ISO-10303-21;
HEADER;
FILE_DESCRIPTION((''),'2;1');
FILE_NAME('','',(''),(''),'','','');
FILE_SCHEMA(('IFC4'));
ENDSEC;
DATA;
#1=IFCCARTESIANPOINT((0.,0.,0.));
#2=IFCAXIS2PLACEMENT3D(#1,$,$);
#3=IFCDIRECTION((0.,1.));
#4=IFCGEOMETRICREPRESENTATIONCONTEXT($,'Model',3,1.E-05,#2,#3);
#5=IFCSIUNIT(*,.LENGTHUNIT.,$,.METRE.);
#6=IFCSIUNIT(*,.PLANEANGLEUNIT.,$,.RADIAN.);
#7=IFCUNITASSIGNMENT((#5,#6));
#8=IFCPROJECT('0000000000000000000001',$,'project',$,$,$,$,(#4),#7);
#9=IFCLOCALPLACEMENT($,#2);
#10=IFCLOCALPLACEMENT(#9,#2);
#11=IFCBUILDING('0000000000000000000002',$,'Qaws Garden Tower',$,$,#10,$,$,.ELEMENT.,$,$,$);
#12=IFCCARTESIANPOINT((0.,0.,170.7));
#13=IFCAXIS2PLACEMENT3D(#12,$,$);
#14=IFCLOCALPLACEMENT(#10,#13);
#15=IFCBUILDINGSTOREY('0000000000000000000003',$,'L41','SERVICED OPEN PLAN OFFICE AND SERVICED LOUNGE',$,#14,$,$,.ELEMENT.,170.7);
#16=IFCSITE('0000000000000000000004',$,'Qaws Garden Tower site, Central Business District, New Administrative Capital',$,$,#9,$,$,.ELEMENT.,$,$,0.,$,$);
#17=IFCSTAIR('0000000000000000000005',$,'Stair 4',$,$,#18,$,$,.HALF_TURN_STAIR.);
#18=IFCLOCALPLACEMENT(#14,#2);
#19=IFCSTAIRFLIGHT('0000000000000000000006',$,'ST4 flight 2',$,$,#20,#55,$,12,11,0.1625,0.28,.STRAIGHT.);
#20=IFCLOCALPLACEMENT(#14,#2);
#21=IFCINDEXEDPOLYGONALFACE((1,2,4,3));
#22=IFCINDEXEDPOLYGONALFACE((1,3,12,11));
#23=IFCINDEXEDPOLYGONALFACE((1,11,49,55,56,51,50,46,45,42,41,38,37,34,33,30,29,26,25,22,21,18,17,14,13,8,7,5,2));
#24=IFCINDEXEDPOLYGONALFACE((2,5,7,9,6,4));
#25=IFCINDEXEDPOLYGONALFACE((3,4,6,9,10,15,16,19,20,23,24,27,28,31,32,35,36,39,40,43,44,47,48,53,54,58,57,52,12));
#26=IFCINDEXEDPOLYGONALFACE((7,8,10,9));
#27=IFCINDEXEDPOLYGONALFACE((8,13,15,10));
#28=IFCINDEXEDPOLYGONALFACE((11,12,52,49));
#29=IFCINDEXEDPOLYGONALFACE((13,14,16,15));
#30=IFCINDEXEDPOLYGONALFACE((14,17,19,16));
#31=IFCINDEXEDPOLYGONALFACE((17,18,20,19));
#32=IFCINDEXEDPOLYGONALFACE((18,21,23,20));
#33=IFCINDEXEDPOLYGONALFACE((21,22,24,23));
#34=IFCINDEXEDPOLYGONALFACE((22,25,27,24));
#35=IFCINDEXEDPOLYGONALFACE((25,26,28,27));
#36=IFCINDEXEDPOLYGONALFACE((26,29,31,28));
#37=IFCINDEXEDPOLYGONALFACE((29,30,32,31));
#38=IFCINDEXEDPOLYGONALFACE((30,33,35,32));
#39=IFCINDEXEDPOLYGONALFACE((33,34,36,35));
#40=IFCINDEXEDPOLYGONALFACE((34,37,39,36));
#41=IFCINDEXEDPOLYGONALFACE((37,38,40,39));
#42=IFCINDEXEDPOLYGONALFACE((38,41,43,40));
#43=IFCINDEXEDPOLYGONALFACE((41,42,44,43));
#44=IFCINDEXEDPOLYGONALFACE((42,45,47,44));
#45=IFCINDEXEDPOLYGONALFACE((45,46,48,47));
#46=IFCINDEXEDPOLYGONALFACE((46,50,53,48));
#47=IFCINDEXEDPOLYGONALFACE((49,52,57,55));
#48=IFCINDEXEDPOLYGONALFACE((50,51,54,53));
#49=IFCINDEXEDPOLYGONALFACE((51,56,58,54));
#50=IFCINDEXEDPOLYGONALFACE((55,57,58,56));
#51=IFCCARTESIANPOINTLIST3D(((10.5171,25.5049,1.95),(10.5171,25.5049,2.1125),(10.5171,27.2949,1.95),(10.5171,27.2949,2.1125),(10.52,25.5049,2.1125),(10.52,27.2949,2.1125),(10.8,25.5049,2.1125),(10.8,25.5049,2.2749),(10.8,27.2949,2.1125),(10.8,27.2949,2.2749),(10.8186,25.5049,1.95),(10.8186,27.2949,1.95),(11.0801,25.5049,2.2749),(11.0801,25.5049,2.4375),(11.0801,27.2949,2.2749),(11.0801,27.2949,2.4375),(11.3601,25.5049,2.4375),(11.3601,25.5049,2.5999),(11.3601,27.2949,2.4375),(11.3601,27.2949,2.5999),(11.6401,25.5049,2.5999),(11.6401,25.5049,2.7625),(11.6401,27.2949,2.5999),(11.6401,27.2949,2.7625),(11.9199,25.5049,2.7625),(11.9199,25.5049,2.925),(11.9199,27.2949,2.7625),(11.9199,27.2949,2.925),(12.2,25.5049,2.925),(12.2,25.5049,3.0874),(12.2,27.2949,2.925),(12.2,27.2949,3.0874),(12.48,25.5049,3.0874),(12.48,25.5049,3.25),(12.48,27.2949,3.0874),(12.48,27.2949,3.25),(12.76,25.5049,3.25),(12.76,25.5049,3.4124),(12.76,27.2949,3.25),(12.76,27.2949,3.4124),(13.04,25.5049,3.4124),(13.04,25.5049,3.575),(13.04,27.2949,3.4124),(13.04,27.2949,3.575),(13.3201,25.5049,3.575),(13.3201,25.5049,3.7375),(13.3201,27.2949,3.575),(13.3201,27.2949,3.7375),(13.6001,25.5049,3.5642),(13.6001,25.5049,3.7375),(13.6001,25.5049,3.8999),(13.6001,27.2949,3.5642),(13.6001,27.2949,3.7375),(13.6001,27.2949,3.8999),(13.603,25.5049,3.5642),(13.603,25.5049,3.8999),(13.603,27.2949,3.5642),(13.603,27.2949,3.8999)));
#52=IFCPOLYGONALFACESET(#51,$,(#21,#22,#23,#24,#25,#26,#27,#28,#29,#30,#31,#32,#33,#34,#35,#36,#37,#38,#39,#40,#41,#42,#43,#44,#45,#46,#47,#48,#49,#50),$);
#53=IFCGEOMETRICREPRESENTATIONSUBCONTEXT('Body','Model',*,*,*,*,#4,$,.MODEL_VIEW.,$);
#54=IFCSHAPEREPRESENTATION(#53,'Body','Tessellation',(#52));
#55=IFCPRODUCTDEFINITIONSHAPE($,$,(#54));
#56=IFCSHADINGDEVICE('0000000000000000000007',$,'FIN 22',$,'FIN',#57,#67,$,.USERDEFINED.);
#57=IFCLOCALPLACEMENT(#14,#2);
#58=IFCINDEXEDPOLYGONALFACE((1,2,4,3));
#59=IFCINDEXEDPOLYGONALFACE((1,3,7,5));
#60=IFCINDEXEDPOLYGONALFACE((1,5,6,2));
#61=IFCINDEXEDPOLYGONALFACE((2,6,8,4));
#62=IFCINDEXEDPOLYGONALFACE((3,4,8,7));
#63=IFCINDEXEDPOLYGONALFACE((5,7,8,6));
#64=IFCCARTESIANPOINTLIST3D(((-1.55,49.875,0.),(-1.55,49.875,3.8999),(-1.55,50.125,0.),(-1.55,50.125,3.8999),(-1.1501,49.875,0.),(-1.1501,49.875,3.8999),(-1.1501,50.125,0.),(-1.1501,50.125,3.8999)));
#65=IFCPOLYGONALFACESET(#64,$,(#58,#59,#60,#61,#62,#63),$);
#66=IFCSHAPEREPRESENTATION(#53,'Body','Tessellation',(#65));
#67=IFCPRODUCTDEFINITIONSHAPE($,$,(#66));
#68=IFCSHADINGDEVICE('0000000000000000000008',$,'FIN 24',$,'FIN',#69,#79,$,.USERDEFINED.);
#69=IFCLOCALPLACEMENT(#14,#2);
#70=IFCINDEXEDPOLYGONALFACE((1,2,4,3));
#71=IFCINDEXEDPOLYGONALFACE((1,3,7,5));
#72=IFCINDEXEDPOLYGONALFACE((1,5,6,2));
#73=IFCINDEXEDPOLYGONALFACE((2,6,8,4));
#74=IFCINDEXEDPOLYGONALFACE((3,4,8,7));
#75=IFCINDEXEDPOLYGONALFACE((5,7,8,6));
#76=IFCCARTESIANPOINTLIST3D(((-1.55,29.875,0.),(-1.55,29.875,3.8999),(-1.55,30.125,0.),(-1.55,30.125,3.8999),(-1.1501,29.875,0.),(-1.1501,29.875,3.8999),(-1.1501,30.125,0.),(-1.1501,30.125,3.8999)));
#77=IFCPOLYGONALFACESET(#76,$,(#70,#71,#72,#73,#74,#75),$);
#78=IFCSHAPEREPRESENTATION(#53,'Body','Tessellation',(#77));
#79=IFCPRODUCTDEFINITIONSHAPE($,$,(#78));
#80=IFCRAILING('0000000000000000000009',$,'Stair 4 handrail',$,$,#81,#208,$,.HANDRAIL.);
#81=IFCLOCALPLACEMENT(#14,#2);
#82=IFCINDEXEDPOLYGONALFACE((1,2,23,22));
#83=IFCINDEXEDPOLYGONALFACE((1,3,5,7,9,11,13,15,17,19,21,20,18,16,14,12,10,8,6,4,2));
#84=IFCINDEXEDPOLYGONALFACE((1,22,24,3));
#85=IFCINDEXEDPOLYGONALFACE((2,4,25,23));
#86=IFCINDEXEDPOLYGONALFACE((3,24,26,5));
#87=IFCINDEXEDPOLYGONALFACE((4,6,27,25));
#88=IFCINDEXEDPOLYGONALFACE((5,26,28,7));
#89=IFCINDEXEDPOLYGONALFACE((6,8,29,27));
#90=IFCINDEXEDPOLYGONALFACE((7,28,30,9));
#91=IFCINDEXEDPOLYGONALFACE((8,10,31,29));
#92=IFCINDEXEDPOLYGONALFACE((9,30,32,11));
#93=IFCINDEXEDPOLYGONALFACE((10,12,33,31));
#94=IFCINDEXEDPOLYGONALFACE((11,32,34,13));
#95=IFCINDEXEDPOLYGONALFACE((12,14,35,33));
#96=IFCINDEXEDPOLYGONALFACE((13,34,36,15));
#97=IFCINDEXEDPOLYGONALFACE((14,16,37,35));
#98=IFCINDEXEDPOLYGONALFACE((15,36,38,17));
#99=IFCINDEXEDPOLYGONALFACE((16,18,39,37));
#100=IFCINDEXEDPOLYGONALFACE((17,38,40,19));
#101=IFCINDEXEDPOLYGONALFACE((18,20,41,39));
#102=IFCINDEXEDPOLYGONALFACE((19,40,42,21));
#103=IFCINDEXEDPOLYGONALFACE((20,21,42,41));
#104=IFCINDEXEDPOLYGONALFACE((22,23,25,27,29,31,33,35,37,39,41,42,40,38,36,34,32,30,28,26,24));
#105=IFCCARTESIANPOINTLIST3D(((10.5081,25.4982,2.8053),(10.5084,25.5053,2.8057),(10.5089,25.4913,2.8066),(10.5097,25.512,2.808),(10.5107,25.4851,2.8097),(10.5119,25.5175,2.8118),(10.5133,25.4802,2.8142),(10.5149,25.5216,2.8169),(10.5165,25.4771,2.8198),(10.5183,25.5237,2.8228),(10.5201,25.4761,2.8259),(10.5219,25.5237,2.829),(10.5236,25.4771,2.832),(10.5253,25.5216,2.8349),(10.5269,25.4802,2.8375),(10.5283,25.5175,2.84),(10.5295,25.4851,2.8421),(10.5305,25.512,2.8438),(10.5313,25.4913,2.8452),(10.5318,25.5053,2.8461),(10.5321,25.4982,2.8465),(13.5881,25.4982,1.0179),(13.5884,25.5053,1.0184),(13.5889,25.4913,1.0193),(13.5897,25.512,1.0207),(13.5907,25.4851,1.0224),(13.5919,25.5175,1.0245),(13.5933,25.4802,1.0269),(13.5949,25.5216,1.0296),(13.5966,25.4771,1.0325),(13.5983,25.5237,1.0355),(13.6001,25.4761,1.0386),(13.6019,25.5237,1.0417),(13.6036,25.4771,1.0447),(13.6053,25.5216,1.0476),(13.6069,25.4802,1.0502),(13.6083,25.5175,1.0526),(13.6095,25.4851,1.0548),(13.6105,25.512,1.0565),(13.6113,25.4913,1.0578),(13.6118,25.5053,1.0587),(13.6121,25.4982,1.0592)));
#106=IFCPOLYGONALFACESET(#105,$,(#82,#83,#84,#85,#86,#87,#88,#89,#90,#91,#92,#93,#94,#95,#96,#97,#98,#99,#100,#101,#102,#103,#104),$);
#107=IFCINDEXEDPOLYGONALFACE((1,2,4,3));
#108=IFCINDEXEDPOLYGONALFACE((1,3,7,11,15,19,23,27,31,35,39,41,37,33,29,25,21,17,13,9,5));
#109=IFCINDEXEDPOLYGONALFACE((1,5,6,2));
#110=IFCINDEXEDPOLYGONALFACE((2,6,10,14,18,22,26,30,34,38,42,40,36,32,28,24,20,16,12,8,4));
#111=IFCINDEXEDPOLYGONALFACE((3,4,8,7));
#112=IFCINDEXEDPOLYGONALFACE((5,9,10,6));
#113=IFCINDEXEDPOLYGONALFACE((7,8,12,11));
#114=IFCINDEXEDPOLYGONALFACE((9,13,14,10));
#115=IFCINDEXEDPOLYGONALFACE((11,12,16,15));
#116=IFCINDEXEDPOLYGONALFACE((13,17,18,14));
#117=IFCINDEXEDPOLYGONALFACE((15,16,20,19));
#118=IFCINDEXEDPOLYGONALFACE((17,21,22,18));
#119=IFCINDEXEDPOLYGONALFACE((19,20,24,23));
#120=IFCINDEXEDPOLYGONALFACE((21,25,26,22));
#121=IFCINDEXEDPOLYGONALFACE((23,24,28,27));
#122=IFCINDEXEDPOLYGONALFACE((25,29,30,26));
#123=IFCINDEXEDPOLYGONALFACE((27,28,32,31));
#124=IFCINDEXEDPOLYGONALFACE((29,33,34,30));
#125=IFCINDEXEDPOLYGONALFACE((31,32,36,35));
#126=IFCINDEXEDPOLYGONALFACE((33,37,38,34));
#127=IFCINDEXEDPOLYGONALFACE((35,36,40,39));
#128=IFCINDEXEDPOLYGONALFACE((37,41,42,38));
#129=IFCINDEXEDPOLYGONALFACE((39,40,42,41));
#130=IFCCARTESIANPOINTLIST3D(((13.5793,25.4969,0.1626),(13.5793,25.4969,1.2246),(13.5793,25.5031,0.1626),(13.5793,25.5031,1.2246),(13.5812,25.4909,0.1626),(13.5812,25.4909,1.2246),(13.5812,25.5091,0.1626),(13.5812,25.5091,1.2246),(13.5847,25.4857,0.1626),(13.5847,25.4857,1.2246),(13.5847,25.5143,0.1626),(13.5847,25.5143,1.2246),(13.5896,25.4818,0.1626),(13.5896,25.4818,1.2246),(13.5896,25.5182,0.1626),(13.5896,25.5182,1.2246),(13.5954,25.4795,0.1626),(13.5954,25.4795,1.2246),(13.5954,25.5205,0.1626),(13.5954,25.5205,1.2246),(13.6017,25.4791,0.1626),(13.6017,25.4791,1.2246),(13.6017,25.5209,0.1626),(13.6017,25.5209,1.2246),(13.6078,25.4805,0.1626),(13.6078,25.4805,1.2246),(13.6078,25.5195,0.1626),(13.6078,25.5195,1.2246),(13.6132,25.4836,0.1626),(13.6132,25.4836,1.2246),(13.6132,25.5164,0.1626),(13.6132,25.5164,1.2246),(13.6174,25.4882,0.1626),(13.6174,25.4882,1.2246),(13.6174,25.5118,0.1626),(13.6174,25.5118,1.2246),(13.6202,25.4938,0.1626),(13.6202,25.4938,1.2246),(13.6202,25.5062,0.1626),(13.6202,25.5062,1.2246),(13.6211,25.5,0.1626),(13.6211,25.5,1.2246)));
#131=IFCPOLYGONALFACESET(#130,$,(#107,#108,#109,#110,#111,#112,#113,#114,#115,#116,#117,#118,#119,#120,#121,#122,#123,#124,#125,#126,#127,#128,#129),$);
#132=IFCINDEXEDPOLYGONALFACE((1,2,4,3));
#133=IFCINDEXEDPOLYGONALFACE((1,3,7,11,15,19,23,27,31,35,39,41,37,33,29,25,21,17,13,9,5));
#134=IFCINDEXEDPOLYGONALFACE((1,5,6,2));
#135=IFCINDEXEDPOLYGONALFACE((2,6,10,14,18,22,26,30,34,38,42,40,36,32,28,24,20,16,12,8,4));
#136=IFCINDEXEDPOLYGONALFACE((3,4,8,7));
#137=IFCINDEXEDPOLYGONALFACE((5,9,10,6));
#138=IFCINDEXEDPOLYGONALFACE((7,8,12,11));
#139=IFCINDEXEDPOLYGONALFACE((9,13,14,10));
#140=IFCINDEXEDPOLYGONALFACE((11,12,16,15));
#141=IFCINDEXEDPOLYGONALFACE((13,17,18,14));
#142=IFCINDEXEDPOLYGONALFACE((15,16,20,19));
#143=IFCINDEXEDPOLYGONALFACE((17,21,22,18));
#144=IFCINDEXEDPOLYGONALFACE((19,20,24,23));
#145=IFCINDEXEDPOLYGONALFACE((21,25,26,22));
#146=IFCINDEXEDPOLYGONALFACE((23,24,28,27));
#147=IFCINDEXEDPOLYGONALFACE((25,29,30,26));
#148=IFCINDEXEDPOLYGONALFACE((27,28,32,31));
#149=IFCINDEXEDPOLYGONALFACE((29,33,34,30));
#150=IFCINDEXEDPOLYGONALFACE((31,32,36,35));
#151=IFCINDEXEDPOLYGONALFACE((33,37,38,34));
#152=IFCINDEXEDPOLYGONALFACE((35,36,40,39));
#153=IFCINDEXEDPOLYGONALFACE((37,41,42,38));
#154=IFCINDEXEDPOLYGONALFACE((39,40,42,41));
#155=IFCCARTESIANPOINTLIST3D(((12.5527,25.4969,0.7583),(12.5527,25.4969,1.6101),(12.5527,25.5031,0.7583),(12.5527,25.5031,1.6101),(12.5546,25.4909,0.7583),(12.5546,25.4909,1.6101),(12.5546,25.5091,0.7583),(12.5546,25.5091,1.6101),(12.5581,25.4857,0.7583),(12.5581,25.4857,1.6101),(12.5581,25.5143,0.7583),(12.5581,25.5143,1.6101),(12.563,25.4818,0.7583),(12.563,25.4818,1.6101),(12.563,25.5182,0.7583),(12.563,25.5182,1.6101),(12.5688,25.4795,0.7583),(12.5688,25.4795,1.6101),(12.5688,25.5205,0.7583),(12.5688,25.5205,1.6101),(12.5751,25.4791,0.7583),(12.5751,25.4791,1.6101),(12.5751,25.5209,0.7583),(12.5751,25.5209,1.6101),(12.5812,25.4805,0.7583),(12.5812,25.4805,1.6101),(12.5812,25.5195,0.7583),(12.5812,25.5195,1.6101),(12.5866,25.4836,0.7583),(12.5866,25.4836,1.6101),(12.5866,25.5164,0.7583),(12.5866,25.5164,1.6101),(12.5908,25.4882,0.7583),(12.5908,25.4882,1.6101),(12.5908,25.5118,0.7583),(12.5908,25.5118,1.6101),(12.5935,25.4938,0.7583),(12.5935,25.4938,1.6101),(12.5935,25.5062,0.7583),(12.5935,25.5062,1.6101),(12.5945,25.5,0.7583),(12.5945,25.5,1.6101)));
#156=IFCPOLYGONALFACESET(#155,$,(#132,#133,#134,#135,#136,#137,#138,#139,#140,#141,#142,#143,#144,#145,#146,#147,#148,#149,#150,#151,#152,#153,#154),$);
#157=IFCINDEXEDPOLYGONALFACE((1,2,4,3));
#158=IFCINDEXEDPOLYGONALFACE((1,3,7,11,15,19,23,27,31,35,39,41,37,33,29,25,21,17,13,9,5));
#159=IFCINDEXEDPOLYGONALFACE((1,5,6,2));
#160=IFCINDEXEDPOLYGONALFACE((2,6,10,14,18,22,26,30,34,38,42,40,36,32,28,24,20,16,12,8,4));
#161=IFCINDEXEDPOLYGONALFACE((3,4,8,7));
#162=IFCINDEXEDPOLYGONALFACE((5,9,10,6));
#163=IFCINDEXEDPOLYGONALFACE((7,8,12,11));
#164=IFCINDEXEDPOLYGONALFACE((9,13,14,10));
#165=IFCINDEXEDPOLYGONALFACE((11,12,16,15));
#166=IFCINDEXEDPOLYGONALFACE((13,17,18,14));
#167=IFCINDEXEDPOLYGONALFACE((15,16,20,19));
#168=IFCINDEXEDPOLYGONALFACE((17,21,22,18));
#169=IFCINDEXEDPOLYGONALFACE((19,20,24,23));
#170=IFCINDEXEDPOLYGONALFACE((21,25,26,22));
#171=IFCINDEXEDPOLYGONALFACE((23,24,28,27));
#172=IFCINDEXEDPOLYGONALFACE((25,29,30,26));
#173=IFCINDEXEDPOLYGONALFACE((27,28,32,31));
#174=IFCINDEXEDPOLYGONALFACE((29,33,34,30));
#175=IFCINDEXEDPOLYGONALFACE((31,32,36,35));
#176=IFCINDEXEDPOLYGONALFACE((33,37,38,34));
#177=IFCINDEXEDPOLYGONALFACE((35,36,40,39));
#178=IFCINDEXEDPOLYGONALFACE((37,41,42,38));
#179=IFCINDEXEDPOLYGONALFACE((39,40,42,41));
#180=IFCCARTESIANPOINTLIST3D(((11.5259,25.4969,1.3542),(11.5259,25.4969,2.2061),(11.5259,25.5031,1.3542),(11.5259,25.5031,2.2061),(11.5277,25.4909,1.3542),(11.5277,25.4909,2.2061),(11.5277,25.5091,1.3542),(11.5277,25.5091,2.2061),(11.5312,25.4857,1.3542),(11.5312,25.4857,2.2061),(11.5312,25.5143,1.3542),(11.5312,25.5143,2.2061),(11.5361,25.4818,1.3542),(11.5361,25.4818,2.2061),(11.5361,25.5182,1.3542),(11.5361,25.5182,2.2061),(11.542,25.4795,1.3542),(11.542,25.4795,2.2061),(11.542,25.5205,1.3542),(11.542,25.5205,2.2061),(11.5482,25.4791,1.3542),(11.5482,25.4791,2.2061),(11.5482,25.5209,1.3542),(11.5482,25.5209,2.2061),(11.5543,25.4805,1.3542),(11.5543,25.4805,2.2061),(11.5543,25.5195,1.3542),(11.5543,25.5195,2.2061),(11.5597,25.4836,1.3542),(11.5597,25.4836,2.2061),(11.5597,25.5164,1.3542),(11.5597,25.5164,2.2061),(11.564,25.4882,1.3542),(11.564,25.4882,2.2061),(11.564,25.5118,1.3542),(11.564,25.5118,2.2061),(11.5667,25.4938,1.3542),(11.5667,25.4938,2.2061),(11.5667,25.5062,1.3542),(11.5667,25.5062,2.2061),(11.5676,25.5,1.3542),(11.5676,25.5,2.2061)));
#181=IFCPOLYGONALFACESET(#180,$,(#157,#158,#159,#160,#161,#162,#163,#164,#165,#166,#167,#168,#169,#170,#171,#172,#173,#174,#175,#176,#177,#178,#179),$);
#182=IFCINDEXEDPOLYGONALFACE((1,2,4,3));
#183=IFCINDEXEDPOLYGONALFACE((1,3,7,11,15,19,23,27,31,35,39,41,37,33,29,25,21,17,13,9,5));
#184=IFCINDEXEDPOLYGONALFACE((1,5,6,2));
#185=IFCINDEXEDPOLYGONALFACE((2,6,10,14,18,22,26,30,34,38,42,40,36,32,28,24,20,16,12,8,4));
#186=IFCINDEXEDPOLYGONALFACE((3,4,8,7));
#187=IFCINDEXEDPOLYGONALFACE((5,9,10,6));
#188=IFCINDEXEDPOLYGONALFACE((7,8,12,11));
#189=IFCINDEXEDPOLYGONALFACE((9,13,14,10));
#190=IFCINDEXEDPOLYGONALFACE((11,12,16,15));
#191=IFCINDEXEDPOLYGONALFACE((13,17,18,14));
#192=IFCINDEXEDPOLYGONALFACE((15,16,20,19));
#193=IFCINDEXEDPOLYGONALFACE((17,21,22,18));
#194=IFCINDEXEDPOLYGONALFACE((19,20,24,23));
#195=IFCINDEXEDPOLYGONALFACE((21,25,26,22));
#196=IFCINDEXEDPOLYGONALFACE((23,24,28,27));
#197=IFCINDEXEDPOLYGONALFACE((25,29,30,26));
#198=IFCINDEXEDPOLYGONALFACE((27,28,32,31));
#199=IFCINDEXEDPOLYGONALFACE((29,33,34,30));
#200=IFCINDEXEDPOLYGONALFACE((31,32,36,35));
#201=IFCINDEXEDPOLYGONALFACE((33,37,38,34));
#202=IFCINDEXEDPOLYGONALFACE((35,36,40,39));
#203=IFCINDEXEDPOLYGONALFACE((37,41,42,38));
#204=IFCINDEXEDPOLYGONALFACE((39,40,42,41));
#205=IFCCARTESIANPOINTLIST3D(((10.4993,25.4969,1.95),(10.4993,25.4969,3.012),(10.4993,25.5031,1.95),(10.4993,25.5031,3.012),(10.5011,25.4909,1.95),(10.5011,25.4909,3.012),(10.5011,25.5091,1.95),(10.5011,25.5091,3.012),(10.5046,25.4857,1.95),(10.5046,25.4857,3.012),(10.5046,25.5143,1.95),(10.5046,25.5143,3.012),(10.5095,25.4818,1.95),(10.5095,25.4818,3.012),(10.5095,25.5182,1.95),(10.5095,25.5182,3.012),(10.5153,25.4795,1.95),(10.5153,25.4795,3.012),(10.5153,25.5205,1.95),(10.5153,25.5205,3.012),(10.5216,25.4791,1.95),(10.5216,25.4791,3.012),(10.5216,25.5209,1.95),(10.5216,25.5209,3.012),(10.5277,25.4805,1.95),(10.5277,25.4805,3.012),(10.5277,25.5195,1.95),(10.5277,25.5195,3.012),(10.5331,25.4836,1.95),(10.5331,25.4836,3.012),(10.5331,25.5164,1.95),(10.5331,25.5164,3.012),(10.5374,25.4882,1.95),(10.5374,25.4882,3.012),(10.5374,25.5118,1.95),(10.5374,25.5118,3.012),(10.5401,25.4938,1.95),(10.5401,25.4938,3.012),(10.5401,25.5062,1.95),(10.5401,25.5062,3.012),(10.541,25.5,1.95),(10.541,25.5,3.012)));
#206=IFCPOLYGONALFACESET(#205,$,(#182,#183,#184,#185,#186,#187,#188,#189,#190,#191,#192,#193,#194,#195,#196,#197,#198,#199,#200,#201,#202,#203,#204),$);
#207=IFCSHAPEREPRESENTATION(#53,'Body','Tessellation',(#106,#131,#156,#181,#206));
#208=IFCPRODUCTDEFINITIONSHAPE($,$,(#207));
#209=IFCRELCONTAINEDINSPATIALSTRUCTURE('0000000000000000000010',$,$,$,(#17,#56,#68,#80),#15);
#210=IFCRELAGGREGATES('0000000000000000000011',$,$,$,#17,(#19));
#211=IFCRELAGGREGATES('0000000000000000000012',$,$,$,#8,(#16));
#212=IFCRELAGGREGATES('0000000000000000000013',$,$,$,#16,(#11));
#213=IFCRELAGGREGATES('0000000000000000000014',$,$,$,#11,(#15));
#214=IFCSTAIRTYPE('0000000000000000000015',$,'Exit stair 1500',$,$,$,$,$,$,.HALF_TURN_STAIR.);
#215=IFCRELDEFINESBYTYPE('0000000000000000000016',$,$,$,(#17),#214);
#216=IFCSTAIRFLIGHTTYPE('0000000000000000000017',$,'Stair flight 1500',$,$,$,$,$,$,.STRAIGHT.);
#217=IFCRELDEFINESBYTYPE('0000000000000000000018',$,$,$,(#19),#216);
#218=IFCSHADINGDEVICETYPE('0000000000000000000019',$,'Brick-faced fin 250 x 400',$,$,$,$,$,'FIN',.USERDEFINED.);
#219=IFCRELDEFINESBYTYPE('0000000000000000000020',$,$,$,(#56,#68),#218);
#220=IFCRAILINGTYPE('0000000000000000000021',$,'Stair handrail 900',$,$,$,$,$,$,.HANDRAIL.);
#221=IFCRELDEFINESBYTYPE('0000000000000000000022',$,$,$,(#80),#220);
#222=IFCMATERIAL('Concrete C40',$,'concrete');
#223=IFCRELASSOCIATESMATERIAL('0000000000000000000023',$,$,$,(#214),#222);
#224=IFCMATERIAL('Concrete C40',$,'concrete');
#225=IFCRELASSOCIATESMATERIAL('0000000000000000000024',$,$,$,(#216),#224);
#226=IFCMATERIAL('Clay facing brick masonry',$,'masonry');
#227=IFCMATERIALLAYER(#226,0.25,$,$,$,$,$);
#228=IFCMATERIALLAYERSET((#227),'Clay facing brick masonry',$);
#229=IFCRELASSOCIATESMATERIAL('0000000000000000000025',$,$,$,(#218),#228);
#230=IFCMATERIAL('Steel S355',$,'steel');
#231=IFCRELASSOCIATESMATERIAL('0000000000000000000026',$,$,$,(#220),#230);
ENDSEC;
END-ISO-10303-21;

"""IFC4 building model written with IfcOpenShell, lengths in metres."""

from ifc_helpers import new_model, si_unit, direction, frame, origin, origin_2d, place, context, subcontext, project, spatial, polyline, rectangle, circle, outline, extrude, material, layer, layer_set, type_object, element, aggregate, save


model = new_model("IFC4")

# Units and contexts
model_context = context("Model", 3, precision=1e-05, world=origin(), true_north=direction((0.0, 1.0)))
body_context = subcontext(model_context, "Body", "Model", "MODEL_VIEW")
ifc_project = project(units=[si_unit("LENGTHUNIT", "METRE"), si_unit("PLANEANGLEUNIT", "RADIAN")], contexts=[model_context])

# Site, building, storey
site_placement = place(None, origin())
site = spatial("IfcSite", under=ifc_project, at=site_placement, Name="Qaws Garden Tower site, Central Business District, New Administrative Capital", CompositionType="ELEMENT", RefElevation=0.0)
building_placement = place(site_placement, origin())
building = spatial("IfcBuilding", under=site, at=building_placement, Name="Qaws Garden Tower", CompositionType="ELEMENT")
storey_placement = place(building_placement, frame((0.0, 0.0, 170.7)))
storey = spatial("IfcBuildingStorey", under=building, at=storey_placement, Name="L41", Description="SERVICED OPEN PLAN OFFICE AND SERVICED LOUNGE", CompositionType="ELEMENT", Elevation=170.7)

# Stair, stair flight
ifc_material_1 = material(Name="Concrete C40", Category="concrete")
stair_type = type_object("IfcStairType", Name="Exit stair 1500", PredefinedType="HALF_TURN_STAIR", material=ifc_material_1)
stair_placement = place(storey_placement, origin())
stair = element("IfcStair", 1, at=stair_placement, inside=storey, type_object=stair_type, Name="Stair 4", PredefinedType="HALF_TURN_STAIR")
ifc_material_2 = material(Name="Concrete C40", Category="concrete")
stair_flight_type = type_object("IfcStairFlightType", Name="Stair flight 1500", PredefinedType="STRAIGHT", material=ifc_material_2)
stair_flight_placement = place(storey_placement, frame((10.52, 26.3999, 1.95), z_axis=(0.0, 0.0, 1.0), x_axis=(1.0, 0.0, 0.0)))
stair_flight = element("IfcStairFlight", 2, at=stair_flight_placement, type_object=stair_flight_type, Name="ST4 flight 2", NumberOfRisers=12, NumberOfTreads=11, PredefinedType="STRAIGHT", RiserHeight=0.1625, TreadLength=0.28, context=body_context, shape_type="SweptSolid", body=[
    extrude(outline(polyline([(-0.0029, 0.0), (-0.0029, 0.1626), (0.0, 0.1626), (0.28, 0.1626), (0.28, 0.325), (0.5601, 0.325), (0.5601, 0.4875), (0.8401, 0.4875), (0.8401, 0.6499), (1.1201, 0.6499), (1.1201, 0.8125), (1.3999, 0.8125), (1.3999, 0.9751), (1.6799, 0.9751), (1.6799, 1.1375), (1.96, 1.1375), (1.96, 1.3), (2.24, 1.3), (2.24, 1.4624), (2.52, 1.4624), (2.52, 1.625), (2.8, 1.625), (2.8, 1.7876), (3.0801, 1.7876), (3.0801, 1.95), (3.083, 1.95), (3.083, 1.6143), (3.0801, 1.6143), (0.2986, 0.0), (-0.0029, 0.0)])), frame((0.0, 0.895, 0.0), z_axis=(0.0, -1.0, 0.0), x_axis=(1.0, 0.0, 0.0)), (0.0, 0.0, 1.0), 1.79),
])
aggregate(stair, [stair_flight])

# Shading devices
ifc_material_3 = material(Name="Clay facing brick masonry", Category="masonry")
ifc_layer_1 = layer(ifc_material_3, 0.25)
ifc_layer_set_1 = layer_set([ifc_layer_1], Name="Clay facing brick masonry")
shading_device_type = type_object("IfcShadingDeviceType", Name="Brick-faced fin 250 x 400", ElementType="FIN", PredefinedType="USERDEFINED", material=ifc_layer_set_1)
for number, where, z_axis, x_axis, name in (
    (3, (-1.3501, 50.0, 0.0), (0.0, 0.0, 1.0), (0.0, -1.0, 0.0), "FIN 22"),
    (4, (-1.3501, 30.0, 0.0), (0.0, 0.0, 1.0), (0.0, -1.0, 0.0), "FIN 24"),
):
    element("IfcShadingDevice", number, at=place(storey_placement, frame(where, z_axis=z_axis, x_axis=x_axis)), inside=storey, type_object=shading_device_type, Name=name, ObjectType="FIN", PredefinedType="USERDEFINED", context=body_context, shape_type="SweptSolid", body=[
        extrude(rectangle(XDim=0.25, YDim=0.3999, at=origin_2d()), origin(), (0.0, 0.0, 1.0), 3.8999),
    ])

# Railing
ifc_material_4 = material(Name="Steel S355", Category="steel")
railing_type = type_object("IfcRailingType", Name="Stair handrail 900", PredefinedType="HANDRAIL", material=ifc_material_4)
railing_1_placement = place(storey_placement, frame((13.6001, 25.5, 0.1626)))
element("IfcRailing", 5, at=railing_1_placement, inside=storey, type_object=railing_type, Name="Stair 4 handrail", PredefinedType="HANDRAIL", context=body_context, shape_type="SweptSolid", body=[
    extrude(circle(Radius=0.0239, at=origin_2d()), frame((0.0, 0.0, 0.876), z_axis=(-0.86492, 0.0, 0.501909), x_axis=(0.0, -1.0, 0.0)), (0.0, 0.0, 1.0), 3.561),
    extrude(circle(Radius=0.021, at=origin_2d()), origin(), (0.0, 0.0, 1.0), 1.062),
    extrude(circle(Radius=0.021, at=origin_2d()), frame((-1.0266, 0.0, 0.5957)), (0.0, 0.0, 1.0), 0.8518),
    extrude(circle(Radius=0.021, at=origin_2d()), frame((-2.0535, 0.0, 1.1917)), (0.0, 0.0, 1.0), 0.8518),
    extrude(circle(Radius=0.021, at=origin_2d()), frame((-3.0801, 0.0, 1.7874)), (0.0, 0.0, 1.0), 1.062),
])

save(model, "model.ifc")
